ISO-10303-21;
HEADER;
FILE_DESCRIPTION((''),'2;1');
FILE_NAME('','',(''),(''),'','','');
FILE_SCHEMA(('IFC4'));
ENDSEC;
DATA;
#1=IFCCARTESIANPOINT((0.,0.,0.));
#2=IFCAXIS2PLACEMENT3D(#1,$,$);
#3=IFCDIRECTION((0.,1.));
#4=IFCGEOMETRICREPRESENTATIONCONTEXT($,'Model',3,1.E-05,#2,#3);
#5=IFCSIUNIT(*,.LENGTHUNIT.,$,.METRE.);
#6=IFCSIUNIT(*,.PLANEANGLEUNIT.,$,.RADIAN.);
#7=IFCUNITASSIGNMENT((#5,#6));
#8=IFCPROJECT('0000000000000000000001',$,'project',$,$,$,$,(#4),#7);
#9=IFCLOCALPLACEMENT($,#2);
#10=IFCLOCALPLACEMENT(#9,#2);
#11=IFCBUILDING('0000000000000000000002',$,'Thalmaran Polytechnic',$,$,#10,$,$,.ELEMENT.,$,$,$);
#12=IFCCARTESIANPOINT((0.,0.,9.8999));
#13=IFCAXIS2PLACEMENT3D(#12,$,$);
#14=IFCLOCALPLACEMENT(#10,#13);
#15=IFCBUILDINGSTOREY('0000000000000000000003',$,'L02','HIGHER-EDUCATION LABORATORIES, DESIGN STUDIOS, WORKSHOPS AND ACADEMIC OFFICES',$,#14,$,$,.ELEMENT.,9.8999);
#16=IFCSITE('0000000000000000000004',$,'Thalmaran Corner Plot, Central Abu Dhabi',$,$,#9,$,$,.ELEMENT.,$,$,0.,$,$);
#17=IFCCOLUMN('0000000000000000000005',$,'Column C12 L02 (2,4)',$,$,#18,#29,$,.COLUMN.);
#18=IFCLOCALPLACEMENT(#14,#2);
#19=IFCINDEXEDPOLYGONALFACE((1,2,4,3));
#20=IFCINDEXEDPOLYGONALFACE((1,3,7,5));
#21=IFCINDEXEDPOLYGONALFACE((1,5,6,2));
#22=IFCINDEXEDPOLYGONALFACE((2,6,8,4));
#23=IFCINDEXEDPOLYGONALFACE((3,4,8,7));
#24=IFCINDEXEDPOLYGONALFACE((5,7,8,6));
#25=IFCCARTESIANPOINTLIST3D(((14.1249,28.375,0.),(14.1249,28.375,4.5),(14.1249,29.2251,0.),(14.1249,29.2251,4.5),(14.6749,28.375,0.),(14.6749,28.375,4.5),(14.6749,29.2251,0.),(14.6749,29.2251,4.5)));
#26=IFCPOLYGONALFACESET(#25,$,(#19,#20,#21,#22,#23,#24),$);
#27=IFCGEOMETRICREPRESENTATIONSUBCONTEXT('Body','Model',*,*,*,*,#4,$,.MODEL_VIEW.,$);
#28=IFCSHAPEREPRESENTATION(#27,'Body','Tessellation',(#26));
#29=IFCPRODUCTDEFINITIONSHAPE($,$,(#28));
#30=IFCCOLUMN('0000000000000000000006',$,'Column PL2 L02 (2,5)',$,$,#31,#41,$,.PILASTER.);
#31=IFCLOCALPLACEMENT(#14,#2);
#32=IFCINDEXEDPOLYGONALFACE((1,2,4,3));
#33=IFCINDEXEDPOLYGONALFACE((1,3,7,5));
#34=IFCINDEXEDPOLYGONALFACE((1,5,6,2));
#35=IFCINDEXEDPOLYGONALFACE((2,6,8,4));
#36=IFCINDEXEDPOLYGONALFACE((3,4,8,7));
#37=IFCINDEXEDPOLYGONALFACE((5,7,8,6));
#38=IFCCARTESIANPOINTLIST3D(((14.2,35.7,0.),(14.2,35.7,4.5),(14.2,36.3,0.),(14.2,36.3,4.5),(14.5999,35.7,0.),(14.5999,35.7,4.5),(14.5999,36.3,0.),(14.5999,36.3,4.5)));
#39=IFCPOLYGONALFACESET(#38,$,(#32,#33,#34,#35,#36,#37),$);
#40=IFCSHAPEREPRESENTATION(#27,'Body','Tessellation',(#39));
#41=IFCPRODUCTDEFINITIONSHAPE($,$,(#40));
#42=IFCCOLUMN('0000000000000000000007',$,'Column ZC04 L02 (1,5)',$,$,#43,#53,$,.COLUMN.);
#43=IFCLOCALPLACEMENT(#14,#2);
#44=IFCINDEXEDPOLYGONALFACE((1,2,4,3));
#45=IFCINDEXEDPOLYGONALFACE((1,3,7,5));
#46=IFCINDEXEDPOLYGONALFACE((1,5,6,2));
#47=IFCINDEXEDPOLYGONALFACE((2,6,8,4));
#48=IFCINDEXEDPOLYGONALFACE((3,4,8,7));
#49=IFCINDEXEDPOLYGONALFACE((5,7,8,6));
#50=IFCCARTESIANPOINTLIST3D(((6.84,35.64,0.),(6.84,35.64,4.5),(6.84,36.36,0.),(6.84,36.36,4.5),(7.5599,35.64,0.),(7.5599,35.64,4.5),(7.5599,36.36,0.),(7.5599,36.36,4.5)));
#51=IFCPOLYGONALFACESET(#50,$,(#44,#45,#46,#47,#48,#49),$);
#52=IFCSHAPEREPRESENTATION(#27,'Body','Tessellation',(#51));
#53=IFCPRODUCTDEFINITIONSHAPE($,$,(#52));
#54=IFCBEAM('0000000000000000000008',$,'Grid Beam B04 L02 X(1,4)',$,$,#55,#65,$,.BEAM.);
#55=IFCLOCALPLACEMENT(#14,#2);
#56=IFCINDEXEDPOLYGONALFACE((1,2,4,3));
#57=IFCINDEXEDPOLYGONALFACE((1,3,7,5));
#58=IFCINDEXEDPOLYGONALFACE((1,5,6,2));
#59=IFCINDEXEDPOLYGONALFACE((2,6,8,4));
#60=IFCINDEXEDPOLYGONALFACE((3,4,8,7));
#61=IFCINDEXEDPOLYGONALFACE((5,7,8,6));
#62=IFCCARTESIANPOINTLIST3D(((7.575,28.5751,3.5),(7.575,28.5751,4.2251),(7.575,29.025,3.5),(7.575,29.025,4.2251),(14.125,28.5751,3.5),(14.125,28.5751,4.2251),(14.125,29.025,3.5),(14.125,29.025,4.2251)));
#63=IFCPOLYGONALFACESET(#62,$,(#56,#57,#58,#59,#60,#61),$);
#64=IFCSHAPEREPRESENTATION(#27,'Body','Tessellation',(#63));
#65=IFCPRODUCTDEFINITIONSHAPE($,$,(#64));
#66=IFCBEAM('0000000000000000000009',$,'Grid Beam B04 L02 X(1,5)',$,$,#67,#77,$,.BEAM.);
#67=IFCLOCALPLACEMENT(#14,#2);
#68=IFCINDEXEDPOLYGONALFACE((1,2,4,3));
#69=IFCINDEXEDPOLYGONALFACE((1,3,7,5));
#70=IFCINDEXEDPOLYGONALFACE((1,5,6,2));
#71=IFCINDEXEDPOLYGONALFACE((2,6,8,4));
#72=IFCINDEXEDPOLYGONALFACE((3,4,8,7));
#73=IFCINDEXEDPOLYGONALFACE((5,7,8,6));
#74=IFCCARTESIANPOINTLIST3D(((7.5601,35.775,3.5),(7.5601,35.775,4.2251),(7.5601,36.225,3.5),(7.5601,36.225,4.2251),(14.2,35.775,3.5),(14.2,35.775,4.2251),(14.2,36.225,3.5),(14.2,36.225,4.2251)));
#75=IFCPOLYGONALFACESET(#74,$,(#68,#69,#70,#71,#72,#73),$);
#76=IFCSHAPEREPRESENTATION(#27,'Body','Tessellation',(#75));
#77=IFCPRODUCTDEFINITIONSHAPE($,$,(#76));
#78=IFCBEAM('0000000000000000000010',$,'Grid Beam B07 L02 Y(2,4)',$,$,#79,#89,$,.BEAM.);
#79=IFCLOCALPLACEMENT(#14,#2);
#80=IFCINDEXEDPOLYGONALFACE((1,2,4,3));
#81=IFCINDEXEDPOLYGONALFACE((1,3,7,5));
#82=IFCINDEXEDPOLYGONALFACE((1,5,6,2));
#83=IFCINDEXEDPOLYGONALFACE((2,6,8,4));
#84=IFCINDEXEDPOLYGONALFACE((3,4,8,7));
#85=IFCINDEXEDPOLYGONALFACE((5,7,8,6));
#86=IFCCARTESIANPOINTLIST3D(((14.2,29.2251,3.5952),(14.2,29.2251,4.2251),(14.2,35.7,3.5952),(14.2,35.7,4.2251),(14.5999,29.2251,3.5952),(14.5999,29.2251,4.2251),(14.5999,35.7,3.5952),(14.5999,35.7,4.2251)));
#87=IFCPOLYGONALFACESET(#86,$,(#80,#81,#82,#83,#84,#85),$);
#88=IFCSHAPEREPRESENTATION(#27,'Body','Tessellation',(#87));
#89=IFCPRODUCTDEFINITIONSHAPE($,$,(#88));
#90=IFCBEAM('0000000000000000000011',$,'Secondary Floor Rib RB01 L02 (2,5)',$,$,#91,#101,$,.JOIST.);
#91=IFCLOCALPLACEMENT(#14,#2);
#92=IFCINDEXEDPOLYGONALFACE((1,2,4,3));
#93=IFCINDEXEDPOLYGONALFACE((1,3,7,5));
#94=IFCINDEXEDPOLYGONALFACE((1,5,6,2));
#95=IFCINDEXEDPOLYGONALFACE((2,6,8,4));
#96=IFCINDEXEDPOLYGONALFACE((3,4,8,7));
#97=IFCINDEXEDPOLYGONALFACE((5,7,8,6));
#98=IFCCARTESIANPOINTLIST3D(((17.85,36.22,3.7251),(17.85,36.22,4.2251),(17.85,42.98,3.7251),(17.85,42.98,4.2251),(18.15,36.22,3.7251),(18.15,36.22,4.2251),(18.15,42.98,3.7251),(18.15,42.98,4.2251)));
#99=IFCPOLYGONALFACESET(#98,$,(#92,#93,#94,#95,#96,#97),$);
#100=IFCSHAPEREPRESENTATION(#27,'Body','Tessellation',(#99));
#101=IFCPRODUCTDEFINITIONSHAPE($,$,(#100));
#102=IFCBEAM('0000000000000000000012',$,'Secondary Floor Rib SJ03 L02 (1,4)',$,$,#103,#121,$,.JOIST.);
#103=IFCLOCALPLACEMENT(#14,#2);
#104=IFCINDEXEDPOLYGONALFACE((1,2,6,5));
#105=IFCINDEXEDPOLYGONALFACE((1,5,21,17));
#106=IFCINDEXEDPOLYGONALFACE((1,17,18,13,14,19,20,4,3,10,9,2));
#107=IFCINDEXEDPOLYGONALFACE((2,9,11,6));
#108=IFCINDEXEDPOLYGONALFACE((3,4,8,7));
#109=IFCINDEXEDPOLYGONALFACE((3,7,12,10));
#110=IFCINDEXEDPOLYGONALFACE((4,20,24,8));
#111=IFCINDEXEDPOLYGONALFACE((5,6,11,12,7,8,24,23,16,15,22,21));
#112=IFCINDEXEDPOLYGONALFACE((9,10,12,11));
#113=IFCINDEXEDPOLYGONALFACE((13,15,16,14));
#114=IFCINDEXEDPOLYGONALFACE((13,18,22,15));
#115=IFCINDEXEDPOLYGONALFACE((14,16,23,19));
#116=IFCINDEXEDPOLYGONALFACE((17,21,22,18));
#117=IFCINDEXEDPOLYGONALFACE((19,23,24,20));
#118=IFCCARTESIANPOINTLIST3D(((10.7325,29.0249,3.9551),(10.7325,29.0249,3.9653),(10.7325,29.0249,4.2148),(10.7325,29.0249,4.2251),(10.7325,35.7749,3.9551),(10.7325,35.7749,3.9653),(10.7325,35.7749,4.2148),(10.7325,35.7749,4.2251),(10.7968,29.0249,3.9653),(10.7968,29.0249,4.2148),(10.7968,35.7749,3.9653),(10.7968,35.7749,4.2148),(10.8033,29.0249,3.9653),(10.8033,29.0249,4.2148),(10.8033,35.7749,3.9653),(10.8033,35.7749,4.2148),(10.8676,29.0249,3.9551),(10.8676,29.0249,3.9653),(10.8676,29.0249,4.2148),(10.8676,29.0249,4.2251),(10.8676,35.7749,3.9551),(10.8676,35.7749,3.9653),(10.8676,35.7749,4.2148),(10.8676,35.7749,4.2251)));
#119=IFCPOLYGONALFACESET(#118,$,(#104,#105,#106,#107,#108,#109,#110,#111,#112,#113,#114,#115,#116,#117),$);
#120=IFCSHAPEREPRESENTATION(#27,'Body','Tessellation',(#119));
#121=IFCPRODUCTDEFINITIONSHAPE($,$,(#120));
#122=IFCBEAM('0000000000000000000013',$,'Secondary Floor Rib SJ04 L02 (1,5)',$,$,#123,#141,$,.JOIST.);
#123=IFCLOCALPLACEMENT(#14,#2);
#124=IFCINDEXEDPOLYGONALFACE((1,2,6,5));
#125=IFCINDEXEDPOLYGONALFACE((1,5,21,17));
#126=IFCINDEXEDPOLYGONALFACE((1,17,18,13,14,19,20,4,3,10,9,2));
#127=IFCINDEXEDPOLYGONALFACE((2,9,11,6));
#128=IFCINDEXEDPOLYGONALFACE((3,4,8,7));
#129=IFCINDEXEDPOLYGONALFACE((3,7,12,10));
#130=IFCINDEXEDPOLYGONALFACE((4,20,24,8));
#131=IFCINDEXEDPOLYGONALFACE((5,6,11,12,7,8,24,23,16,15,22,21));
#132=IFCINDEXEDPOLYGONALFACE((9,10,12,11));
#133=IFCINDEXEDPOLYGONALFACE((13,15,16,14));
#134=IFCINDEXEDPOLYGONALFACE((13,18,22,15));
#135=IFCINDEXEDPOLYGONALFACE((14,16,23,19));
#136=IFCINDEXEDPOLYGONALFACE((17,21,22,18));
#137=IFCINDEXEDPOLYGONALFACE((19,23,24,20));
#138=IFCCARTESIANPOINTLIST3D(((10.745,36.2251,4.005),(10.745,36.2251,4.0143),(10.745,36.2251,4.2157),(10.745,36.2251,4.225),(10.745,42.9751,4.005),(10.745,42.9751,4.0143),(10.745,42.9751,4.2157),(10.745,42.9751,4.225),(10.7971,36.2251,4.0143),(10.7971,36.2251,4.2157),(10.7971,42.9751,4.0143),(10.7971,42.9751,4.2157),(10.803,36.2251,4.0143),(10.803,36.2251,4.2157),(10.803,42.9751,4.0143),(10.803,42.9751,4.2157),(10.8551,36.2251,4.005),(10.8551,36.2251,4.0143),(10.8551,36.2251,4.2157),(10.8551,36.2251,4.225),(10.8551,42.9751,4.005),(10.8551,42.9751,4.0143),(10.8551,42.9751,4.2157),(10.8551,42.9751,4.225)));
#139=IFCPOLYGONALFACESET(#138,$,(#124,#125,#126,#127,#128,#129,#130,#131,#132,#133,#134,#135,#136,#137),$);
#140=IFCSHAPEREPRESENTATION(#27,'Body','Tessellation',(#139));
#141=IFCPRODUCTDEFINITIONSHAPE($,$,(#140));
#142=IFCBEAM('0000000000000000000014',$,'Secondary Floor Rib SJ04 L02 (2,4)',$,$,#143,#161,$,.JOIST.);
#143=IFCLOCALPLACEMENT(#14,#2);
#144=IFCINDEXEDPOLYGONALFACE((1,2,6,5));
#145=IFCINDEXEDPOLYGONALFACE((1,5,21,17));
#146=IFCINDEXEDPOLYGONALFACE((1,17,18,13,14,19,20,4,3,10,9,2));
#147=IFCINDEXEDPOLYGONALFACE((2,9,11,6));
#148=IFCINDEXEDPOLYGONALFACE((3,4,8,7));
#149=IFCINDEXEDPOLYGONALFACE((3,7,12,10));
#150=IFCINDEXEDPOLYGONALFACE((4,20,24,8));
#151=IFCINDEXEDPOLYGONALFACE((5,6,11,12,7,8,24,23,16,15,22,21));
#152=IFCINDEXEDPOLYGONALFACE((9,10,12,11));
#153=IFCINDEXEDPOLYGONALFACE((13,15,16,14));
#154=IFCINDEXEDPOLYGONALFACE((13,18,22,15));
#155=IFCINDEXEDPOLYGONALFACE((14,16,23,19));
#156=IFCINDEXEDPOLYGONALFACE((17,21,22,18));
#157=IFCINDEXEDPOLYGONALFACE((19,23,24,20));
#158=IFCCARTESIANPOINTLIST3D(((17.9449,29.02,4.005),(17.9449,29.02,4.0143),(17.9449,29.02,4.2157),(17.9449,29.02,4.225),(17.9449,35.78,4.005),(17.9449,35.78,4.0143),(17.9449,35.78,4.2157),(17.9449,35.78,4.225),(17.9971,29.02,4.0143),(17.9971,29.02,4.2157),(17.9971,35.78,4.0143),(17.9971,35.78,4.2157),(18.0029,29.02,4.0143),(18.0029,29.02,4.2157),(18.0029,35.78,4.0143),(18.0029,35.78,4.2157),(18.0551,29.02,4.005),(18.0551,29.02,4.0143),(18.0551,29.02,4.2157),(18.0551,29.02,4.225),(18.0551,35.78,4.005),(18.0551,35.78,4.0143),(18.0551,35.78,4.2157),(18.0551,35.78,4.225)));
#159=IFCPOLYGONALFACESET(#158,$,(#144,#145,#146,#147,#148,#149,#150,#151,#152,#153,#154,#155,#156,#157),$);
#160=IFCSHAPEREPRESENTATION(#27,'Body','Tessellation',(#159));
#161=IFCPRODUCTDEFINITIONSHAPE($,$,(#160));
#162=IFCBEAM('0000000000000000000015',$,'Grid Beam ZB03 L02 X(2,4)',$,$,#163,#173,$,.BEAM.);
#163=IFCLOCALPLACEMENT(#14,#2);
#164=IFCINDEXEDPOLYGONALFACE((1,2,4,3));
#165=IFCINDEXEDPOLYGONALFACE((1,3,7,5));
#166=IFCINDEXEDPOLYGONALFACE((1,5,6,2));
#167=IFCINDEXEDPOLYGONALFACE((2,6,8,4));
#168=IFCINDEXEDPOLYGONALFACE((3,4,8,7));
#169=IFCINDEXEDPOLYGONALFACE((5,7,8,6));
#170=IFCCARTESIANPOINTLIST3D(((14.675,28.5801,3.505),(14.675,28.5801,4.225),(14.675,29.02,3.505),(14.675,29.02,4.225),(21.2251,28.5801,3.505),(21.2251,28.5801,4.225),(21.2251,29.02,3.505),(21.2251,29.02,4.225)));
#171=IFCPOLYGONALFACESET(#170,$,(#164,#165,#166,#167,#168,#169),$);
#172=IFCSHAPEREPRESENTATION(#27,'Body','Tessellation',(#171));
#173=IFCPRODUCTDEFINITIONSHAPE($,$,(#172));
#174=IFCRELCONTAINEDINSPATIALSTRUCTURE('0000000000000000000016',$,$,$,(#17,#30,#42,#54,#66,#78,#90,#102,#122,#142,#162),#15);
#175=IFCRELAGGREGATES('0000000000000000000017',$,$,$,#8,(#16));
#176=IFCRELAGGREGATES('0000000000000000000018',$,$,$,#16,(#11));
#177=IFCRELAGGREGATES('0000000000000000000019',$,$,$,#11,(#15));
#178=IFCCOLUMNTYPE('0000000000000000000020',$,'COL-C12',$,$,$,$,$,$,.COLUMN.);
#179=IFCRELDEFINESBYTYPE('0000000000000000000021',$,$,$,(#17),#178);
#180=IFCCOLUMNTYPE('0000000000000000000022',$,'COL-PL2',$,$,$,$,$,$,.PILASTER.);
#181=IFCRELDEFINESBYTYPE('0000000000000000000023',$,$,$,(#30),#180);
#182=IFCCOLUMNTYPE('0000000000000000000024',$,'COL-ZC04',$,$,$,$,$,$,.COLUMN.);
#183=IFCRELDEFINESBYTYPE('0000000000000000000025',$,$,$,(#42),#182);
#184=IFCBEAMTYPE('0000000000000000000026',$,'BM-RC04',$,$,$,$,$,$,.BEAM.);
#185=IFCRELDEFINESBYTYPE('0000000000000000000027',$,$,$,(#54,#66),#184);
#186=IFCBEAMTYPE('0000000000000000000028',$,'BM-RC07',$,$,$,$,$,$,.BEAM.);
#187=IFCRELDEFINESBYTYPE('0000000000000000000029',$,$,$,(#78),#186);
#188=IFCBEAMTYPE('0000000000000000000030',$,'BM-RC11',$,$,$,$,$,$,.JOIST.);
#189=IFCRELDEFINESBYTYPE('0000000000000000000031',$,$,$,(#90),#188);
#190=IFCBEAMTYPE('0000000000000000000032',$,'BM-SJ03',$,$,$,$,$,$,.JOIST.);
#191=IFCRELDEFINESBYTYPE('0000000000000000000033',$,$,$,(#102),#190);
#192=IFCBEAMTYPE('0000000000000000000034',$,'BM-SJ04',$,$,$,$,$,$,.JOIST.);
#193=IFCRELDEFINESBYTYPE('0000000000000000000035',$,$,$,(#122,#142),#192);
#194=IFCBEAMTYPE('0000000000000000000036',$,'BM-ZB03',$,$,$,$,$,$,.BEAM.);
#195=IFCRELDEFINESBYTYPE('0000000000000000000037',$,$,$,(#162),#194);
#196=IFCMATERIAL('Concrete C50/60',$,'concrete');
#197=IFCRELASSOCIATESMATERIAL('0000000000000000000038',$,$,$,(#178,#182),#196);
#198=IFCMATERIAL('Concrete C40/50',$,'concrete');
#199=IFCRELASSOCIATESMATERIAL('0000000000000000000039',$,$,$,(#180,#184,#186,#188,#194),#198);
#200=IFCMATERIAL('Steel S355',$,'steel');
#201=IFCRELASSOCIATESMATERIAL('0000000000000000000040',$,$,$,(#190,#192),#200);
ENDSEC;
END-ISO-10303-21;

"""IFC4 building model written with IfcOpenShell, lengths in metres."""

from ifc_helpers import new_model, si_unit, direction, frame, origin, origin_2d, place, context, subcontext, project, spatial, rectangle, i_section, extrude, material, material_profile, profile_set, type_object, element, save


model = new_model("IFC4")

# Units and contexts
model_context = context("Model", 3, precision=1e-05, world=origin(), true_north=direction((0.0, 1.0)))
body_context = subcontext(model_context, "Body", "Model", "MODEL_VIEW")
ifc_project = project(units=[si_unit("LENGTHUNIT", "METRE"), si_unit("PLANEANGLEUNIT", "RADIAN")], contexts=[model_context])

# Site, building, storey
site_placement = place(None, origin())
site = spatial("IfcSite", under=ifc_project, at=site_placement, Name="Thalmaran Corner Plot, Central Abu Dhabi", CompositionType="ELEMENT", RefElevation=0.0)
building_placement = place(site_placement, origin())
building = spatial("IfcBuilding", under=site, at=building_placement, Name="Thalmaran Polytechnic", CompositionType="ELEMENT")
storey_placement = place(building_placement, frame((0.0, 0.0, 9.8999)))
storey = spatial("IfcBuildingStorey", under=building, at=storey_placement, Name="L02", Description="HIGHER-EDUCATION LABORATORIES, DESIGN STUDIOS, WORKSHOPS AND ACADEMIC OFFICES", CompositionType="ELEMENT", Elevation=9.8999)

# Columns
ifc_material_1 = material(Name="Concrete C50/60", Category="concrete")
ifc_material_profile_1 = material_profile(ifc_material_1, rectangle(XDim=0.55, YDim=0.8501, at=origin_2d()), Name="RC 550x850")
ifc_profile_set_1 = profile_set([ifc_material_profile_1], Name="Concrete C50/60")
column_type_1 = type_object("IfcColumnType", Name="COL-C12", PredefinedType="COLUMN", material=ifc_profile_set_1)
column_1_placement = place(storey_placement, frame((14.3999, 28.8, 0.0), z_axis=(0.0, 0.0, 1.0), x_axis=(1.0, 0.0, 0.0)))
element("IfcColumn", 1, at=column_1_placement, inside=storey, type_object=column_type_1, Name="Column C12 L02 (2,4)", PredefinedType="COLUMN", context=body_context, shape_type="SweptSolid", body=[
    extrude(rectangle(XDim=0.55, YDim=0.8501, at=origin_2d()), origin(), (0.0, 0.0, 1.0), 4.5),
])
ifc_material_2 = material(Name="Concrete C40/50", Category="concrete")
ifc_material_profile_2 = material_profile(ifc_material_2, rectangle(XDim=0.3999, YDim=0.6001, at=origin_2d()), Name="RC 400x600")
ifc_profile_set_2 = profile_set([ifc_material_profile_2], Name="Concrete C40/50")
column_type_2 = type_object("IfcColumnType", Name="COL-PL2", PredefinedType="PILASTER", material=ifc_profile_set_2)
column_2_placement = place(storey_placement, frame((14.3999, 36.0, 0.0), z_axis=(0.0, 0.0, 1.0), x_axis=(1.0, 0.0, 0.0)))
element("IfcColumn", 2, at=column_2_placement, inside=storey, type_object=column_type_2, Name="Column PL2 L02 (2,5)", PredefinedType="PILASTER", context=body_context, shape_type="SweptSolid", body=[
    extrude(rectangle(XDim=0.3999, YDim=0.6001, at=origin_2d()), origin(), (0.0, 0.0, 1.0), 4.5),
])
ifc_material_profile_3 = material_profile(ifc_material_1, rectangle(XDim=0.72, YDim=0.72, at=origin_2d()), Name="RC 720x720")
ifc_profile_set_3 = profile_set([ifc_material_profile_3], Name="Concrete C50/60")
column_type_3 = type_object("IfcColumnType", Name="COL-ZC04", PredefinedType="COLUMN", material=ifc_profile_set_3)
column_3_placement = place(storey_placement, frame((7.2, 36.0, 0.0), z_axis=(0.0, 0.0, 1.0), x_axis=(1.0, 0.0, 0.0)))
element("IfcColumn", 3, at=column_3_placement, inside=storey, type_object=column_type_3, Name="Column ZC04 L02 (1,5)", PredefinedType="COLUMN", context=body_context, shape_type="SweptSolid", body=[
    extrude(rectangle(XDim=0.72, YDim=0.72, at=origin_2d()), origin(), (0.0, 0.0, 1.0), 4.5),
])

# Beams
ifc_material_profile_4 = material_profile(ifc_material_2, rectangle(XDim=0.45, YDim=0.7251, at=origin_2d()), Name="RC 450x725")
ifc_profile_set_4 = profile_set([ifc_material_profile_4], Name="Concrete C40/50")
beam_type_1 = type_object("IfcBeamType", Name="BM-RC04", PredefinedType="BEAM", material=ifc_profile_set_4)
beam_1_placement = place(storey_placement, frame((7.575, 28.8, 3.8625), z_axis=(1.0, 0.0, 0.0), x_axis=(0.0, 1.0, 0.0)))
element("IfcBeam", 4, at=beam_1_placement, inside=storey, type_object=beam_type_1, Name="Grid Beam B04 L02 X(1,4)", PredefinedType="BEAM", context=body_context, shape_type="SweptSolid", body=[
    extrude(rectangle(XDim=0.45, YDim=0.7251, at=origin_2d()), origin(), (0.0, 0.0, 1.0), 6.55),
])
beam_2_placement = place(storey_placement, frame((7.5601, 36.0, 3.8625), z_axis=(1.0, 0.0, 0.0), x_axis=(0.0, 1.0, 0.0)))
element("IfcBeam", 5, at=beam_2_placement, inside=storey, type_object=beam_type_1, Name="Grid Beam B04 L02 X(1,5)", PredefinedType="BEAM", context=body_context, shape_type="SweptSolid", body=[
    extrude(rectangle(XDim=0.45, YDim=0.7251, at=origin_2d()), origin(), (0.0, 0.0, 1.0), 6.6399),
])
ifc_material_profile_5 = material_profile(ifc_material_2, rectangle(XDim=0.3999, YDim=0.6299, at=origin_2d()), Name="RC 400x630")
ifc_profile_set_5 = profile_set([ifc_material_profile_5], Name="Concrete C40/50")
beam_type_2 = type_object("IfcBeamType", Name="BM-RC07", PredefinedType="BEAM", material=ifc_profile_set_5)
beam_3_placement = place(storey_placement, frame((14.3999, 29.2251, 3.9102), z_axis=(0.0, 1.0, 0.0), x_axis=(-1.0, 0.0, 0.0)))
element("IfcBeam", 6, at=beam_3_placement, inside=storey, type_object=beam_type_2, Name="Grid Beam B07 L02 Y(2,4)", PredefinedType="BEAM", context=body_context, shape_type="SweptSolid", body=[
    extrude(rectangle(XDim=0.3999, YDim=0.6299, at=origin_2d()), origin(), (0.0, 0.0, 1.0), 6.4749),
])
ifc_material_profile_6 = material_profile(ifc_material_2, rectangle(XDim=0.3, YDim=0.5, at=origin_2d()), Name="RC 300x500")
ifc_profile_set_6 = profile_set([ifc_material_profile_6], Name="Concrete C40/50")
beam_type_3 = type_object("IfcBeamType", Name="BM-RC11", PredefinedType="JOIST", material=ifc_profile_set_6)
beam_4_placement = place(storey_placement, frame((18.0, 36.22, 3.9751), z_axis=(0.0, 1.0, 0.0), x_axis=(-1.0, 0.0, 0.0)))
element("IfcBeam", 7, at=beam_4_placement, inside=storey, type_object=beam_type_3, Name="Secondary Floor Rib RB01 L02 (2,5)", PredefinedType="JOIST", context=body_context, shape_type="SweptSolid", body=[
    extrude(rectangle(XDim=0.3, YDim=0.5, at=origin_2d()), origin(), (0.0, 0.0, 1.0), 6.76),
])
ifc_material_3 = material(Name="Steel S355", Category="steel")
ifc_material_profile_7 = material_profile(ifc_material_3, i_section(OverallWidth=0.135, OverallDepth=0.27, WebThickness=0.0066, FlangeThickness=0.0103, at=origin_2d()), Name="IPE 270")
ifc_profile_set_7 = profile_set([ifc_material_profile_7], Name="Steel S355")
beam_type_4 = type_object("IfcBeamType", Name="BM-SJ03", PredefinedType="JOIST", material=ifc_profile_set_7)
beam_5_placement = place(storey_placement, frame((10.8, 29.0249, 4.0901), z_axis=(0.0, 1.0, 0.0), x_axis=(-1.0, 0.0, 0.0)))
element("IfcBeam", 8, at=beam_5_placement, inside=storey, type_object=beam_type_4, Name="Secondary Floor Rib SJ03 L02 (1,4)", PredefinedType="JOIST", context=body_context, shape_type="SweptSolid", body=[
    extrude(i_section(OverallWidth=0.135, OverallDepth=0.27, WebThickness=0.0066, FlangeThickness=0.0103, at=origin_2d()), origin(), (0.0, 0.0, 1.0), 6.75),
])
ifc_material_profile_8 = material_profile(ifc_material_3, i_section(OverallWidth=0.1101, OverallDepth=0.22, WebThickness=0.0059, FlangeThickness=0.0093, at=origin_2d()), Name="IPE 220")
ifc_profile_set_8 = profile_set([ifc_material_profile_8], Name="Steel S355")
beam_type_5 = type_object("IfcBeamType", Name="BM-SJ04", PredefinedType="JOIST", material=ifc_profile_set_8)
beam_6_placement = place(storey_placement, frame((10.8, 36.2251, 4.115), z_axis=(0.0, 1.0, 0.0), x_axis=(-1.0, 0.0, 0.0)))
element("IfcBeam", 9, at=beam_6_placement, inside=storey, type_object=beam_type_5, Name="Secondary Floor Rib SJ04 L02 (1,5)", PredefinedType="JOIST", context=body_context, shape_type="SweptSolid", body=[
    extrude(i_section(OverallWidth=0.1101, OverallDepth=0.22, WebThickness=0.0059, FlangeThickness=0.0093, at=origin_2d()), origin(), (0.0, 0.0, 1.0), 6.75),
])
beam_7_placement = place(storey_placement, frame((18.0, 29.02, 4.115), z_axis=(0.0, 1.0, 0.0), x_axis=(-1.0, 0.0, 0.0)))
element("IfcBeam", 10, at=beam_7_placement, inside=storey, type_object=beam_type_5, Name="Secondary Floor Rib SJ04 L02 (2,4)", PredefinedType="JOIST", context=body_context, shape_type="SweptSolid", body=[
    extrude(i_section(OverallWidth=0.1101, OverallDepth=0.22, WebThickness=0.0059, FlangeThickness=0.0093, at=origin_2d()), origin(), (0.0, 0.0, 1.0), 6.76),
])
ifc_material_profile_9 = material_profile(ifc_material_2, rectangle(XDim=0.4399, YDim=0.72, at=origin_2d()), Name="RC 440x720")
ifc_profile_set_9 = profile_set([ifc_material_profile_9], Name="Concrete C40/50")
beam_type_6 = type_object("IfcBeamType", Name="BM-ZB03", PredefinedType="BEAM", material=ifc_profile_set_9)
beam_8_placement = place(storey_placement, frame((14.675, 28.8, 3.865), z_axis=(1.0, 0.0, 0.0), x_axis=(0.0, 1.0, 0.0)))
element("IfcBeam", 11, at=beam_8_placement, inside=storey, type_object=beam_type_6, Name="Grid Beam ZB03 L02 X(2,4)", PredefinedType="BEAM", context=body_context, shape_type="SweptSolid", body=[
    extrude(rectangle(XDim=0.4399, YDim=0.72, at=origin_2d()), origin(), (0.0, 0.0, 1.0), 6.55),
])

save(model, "model.ifc")
